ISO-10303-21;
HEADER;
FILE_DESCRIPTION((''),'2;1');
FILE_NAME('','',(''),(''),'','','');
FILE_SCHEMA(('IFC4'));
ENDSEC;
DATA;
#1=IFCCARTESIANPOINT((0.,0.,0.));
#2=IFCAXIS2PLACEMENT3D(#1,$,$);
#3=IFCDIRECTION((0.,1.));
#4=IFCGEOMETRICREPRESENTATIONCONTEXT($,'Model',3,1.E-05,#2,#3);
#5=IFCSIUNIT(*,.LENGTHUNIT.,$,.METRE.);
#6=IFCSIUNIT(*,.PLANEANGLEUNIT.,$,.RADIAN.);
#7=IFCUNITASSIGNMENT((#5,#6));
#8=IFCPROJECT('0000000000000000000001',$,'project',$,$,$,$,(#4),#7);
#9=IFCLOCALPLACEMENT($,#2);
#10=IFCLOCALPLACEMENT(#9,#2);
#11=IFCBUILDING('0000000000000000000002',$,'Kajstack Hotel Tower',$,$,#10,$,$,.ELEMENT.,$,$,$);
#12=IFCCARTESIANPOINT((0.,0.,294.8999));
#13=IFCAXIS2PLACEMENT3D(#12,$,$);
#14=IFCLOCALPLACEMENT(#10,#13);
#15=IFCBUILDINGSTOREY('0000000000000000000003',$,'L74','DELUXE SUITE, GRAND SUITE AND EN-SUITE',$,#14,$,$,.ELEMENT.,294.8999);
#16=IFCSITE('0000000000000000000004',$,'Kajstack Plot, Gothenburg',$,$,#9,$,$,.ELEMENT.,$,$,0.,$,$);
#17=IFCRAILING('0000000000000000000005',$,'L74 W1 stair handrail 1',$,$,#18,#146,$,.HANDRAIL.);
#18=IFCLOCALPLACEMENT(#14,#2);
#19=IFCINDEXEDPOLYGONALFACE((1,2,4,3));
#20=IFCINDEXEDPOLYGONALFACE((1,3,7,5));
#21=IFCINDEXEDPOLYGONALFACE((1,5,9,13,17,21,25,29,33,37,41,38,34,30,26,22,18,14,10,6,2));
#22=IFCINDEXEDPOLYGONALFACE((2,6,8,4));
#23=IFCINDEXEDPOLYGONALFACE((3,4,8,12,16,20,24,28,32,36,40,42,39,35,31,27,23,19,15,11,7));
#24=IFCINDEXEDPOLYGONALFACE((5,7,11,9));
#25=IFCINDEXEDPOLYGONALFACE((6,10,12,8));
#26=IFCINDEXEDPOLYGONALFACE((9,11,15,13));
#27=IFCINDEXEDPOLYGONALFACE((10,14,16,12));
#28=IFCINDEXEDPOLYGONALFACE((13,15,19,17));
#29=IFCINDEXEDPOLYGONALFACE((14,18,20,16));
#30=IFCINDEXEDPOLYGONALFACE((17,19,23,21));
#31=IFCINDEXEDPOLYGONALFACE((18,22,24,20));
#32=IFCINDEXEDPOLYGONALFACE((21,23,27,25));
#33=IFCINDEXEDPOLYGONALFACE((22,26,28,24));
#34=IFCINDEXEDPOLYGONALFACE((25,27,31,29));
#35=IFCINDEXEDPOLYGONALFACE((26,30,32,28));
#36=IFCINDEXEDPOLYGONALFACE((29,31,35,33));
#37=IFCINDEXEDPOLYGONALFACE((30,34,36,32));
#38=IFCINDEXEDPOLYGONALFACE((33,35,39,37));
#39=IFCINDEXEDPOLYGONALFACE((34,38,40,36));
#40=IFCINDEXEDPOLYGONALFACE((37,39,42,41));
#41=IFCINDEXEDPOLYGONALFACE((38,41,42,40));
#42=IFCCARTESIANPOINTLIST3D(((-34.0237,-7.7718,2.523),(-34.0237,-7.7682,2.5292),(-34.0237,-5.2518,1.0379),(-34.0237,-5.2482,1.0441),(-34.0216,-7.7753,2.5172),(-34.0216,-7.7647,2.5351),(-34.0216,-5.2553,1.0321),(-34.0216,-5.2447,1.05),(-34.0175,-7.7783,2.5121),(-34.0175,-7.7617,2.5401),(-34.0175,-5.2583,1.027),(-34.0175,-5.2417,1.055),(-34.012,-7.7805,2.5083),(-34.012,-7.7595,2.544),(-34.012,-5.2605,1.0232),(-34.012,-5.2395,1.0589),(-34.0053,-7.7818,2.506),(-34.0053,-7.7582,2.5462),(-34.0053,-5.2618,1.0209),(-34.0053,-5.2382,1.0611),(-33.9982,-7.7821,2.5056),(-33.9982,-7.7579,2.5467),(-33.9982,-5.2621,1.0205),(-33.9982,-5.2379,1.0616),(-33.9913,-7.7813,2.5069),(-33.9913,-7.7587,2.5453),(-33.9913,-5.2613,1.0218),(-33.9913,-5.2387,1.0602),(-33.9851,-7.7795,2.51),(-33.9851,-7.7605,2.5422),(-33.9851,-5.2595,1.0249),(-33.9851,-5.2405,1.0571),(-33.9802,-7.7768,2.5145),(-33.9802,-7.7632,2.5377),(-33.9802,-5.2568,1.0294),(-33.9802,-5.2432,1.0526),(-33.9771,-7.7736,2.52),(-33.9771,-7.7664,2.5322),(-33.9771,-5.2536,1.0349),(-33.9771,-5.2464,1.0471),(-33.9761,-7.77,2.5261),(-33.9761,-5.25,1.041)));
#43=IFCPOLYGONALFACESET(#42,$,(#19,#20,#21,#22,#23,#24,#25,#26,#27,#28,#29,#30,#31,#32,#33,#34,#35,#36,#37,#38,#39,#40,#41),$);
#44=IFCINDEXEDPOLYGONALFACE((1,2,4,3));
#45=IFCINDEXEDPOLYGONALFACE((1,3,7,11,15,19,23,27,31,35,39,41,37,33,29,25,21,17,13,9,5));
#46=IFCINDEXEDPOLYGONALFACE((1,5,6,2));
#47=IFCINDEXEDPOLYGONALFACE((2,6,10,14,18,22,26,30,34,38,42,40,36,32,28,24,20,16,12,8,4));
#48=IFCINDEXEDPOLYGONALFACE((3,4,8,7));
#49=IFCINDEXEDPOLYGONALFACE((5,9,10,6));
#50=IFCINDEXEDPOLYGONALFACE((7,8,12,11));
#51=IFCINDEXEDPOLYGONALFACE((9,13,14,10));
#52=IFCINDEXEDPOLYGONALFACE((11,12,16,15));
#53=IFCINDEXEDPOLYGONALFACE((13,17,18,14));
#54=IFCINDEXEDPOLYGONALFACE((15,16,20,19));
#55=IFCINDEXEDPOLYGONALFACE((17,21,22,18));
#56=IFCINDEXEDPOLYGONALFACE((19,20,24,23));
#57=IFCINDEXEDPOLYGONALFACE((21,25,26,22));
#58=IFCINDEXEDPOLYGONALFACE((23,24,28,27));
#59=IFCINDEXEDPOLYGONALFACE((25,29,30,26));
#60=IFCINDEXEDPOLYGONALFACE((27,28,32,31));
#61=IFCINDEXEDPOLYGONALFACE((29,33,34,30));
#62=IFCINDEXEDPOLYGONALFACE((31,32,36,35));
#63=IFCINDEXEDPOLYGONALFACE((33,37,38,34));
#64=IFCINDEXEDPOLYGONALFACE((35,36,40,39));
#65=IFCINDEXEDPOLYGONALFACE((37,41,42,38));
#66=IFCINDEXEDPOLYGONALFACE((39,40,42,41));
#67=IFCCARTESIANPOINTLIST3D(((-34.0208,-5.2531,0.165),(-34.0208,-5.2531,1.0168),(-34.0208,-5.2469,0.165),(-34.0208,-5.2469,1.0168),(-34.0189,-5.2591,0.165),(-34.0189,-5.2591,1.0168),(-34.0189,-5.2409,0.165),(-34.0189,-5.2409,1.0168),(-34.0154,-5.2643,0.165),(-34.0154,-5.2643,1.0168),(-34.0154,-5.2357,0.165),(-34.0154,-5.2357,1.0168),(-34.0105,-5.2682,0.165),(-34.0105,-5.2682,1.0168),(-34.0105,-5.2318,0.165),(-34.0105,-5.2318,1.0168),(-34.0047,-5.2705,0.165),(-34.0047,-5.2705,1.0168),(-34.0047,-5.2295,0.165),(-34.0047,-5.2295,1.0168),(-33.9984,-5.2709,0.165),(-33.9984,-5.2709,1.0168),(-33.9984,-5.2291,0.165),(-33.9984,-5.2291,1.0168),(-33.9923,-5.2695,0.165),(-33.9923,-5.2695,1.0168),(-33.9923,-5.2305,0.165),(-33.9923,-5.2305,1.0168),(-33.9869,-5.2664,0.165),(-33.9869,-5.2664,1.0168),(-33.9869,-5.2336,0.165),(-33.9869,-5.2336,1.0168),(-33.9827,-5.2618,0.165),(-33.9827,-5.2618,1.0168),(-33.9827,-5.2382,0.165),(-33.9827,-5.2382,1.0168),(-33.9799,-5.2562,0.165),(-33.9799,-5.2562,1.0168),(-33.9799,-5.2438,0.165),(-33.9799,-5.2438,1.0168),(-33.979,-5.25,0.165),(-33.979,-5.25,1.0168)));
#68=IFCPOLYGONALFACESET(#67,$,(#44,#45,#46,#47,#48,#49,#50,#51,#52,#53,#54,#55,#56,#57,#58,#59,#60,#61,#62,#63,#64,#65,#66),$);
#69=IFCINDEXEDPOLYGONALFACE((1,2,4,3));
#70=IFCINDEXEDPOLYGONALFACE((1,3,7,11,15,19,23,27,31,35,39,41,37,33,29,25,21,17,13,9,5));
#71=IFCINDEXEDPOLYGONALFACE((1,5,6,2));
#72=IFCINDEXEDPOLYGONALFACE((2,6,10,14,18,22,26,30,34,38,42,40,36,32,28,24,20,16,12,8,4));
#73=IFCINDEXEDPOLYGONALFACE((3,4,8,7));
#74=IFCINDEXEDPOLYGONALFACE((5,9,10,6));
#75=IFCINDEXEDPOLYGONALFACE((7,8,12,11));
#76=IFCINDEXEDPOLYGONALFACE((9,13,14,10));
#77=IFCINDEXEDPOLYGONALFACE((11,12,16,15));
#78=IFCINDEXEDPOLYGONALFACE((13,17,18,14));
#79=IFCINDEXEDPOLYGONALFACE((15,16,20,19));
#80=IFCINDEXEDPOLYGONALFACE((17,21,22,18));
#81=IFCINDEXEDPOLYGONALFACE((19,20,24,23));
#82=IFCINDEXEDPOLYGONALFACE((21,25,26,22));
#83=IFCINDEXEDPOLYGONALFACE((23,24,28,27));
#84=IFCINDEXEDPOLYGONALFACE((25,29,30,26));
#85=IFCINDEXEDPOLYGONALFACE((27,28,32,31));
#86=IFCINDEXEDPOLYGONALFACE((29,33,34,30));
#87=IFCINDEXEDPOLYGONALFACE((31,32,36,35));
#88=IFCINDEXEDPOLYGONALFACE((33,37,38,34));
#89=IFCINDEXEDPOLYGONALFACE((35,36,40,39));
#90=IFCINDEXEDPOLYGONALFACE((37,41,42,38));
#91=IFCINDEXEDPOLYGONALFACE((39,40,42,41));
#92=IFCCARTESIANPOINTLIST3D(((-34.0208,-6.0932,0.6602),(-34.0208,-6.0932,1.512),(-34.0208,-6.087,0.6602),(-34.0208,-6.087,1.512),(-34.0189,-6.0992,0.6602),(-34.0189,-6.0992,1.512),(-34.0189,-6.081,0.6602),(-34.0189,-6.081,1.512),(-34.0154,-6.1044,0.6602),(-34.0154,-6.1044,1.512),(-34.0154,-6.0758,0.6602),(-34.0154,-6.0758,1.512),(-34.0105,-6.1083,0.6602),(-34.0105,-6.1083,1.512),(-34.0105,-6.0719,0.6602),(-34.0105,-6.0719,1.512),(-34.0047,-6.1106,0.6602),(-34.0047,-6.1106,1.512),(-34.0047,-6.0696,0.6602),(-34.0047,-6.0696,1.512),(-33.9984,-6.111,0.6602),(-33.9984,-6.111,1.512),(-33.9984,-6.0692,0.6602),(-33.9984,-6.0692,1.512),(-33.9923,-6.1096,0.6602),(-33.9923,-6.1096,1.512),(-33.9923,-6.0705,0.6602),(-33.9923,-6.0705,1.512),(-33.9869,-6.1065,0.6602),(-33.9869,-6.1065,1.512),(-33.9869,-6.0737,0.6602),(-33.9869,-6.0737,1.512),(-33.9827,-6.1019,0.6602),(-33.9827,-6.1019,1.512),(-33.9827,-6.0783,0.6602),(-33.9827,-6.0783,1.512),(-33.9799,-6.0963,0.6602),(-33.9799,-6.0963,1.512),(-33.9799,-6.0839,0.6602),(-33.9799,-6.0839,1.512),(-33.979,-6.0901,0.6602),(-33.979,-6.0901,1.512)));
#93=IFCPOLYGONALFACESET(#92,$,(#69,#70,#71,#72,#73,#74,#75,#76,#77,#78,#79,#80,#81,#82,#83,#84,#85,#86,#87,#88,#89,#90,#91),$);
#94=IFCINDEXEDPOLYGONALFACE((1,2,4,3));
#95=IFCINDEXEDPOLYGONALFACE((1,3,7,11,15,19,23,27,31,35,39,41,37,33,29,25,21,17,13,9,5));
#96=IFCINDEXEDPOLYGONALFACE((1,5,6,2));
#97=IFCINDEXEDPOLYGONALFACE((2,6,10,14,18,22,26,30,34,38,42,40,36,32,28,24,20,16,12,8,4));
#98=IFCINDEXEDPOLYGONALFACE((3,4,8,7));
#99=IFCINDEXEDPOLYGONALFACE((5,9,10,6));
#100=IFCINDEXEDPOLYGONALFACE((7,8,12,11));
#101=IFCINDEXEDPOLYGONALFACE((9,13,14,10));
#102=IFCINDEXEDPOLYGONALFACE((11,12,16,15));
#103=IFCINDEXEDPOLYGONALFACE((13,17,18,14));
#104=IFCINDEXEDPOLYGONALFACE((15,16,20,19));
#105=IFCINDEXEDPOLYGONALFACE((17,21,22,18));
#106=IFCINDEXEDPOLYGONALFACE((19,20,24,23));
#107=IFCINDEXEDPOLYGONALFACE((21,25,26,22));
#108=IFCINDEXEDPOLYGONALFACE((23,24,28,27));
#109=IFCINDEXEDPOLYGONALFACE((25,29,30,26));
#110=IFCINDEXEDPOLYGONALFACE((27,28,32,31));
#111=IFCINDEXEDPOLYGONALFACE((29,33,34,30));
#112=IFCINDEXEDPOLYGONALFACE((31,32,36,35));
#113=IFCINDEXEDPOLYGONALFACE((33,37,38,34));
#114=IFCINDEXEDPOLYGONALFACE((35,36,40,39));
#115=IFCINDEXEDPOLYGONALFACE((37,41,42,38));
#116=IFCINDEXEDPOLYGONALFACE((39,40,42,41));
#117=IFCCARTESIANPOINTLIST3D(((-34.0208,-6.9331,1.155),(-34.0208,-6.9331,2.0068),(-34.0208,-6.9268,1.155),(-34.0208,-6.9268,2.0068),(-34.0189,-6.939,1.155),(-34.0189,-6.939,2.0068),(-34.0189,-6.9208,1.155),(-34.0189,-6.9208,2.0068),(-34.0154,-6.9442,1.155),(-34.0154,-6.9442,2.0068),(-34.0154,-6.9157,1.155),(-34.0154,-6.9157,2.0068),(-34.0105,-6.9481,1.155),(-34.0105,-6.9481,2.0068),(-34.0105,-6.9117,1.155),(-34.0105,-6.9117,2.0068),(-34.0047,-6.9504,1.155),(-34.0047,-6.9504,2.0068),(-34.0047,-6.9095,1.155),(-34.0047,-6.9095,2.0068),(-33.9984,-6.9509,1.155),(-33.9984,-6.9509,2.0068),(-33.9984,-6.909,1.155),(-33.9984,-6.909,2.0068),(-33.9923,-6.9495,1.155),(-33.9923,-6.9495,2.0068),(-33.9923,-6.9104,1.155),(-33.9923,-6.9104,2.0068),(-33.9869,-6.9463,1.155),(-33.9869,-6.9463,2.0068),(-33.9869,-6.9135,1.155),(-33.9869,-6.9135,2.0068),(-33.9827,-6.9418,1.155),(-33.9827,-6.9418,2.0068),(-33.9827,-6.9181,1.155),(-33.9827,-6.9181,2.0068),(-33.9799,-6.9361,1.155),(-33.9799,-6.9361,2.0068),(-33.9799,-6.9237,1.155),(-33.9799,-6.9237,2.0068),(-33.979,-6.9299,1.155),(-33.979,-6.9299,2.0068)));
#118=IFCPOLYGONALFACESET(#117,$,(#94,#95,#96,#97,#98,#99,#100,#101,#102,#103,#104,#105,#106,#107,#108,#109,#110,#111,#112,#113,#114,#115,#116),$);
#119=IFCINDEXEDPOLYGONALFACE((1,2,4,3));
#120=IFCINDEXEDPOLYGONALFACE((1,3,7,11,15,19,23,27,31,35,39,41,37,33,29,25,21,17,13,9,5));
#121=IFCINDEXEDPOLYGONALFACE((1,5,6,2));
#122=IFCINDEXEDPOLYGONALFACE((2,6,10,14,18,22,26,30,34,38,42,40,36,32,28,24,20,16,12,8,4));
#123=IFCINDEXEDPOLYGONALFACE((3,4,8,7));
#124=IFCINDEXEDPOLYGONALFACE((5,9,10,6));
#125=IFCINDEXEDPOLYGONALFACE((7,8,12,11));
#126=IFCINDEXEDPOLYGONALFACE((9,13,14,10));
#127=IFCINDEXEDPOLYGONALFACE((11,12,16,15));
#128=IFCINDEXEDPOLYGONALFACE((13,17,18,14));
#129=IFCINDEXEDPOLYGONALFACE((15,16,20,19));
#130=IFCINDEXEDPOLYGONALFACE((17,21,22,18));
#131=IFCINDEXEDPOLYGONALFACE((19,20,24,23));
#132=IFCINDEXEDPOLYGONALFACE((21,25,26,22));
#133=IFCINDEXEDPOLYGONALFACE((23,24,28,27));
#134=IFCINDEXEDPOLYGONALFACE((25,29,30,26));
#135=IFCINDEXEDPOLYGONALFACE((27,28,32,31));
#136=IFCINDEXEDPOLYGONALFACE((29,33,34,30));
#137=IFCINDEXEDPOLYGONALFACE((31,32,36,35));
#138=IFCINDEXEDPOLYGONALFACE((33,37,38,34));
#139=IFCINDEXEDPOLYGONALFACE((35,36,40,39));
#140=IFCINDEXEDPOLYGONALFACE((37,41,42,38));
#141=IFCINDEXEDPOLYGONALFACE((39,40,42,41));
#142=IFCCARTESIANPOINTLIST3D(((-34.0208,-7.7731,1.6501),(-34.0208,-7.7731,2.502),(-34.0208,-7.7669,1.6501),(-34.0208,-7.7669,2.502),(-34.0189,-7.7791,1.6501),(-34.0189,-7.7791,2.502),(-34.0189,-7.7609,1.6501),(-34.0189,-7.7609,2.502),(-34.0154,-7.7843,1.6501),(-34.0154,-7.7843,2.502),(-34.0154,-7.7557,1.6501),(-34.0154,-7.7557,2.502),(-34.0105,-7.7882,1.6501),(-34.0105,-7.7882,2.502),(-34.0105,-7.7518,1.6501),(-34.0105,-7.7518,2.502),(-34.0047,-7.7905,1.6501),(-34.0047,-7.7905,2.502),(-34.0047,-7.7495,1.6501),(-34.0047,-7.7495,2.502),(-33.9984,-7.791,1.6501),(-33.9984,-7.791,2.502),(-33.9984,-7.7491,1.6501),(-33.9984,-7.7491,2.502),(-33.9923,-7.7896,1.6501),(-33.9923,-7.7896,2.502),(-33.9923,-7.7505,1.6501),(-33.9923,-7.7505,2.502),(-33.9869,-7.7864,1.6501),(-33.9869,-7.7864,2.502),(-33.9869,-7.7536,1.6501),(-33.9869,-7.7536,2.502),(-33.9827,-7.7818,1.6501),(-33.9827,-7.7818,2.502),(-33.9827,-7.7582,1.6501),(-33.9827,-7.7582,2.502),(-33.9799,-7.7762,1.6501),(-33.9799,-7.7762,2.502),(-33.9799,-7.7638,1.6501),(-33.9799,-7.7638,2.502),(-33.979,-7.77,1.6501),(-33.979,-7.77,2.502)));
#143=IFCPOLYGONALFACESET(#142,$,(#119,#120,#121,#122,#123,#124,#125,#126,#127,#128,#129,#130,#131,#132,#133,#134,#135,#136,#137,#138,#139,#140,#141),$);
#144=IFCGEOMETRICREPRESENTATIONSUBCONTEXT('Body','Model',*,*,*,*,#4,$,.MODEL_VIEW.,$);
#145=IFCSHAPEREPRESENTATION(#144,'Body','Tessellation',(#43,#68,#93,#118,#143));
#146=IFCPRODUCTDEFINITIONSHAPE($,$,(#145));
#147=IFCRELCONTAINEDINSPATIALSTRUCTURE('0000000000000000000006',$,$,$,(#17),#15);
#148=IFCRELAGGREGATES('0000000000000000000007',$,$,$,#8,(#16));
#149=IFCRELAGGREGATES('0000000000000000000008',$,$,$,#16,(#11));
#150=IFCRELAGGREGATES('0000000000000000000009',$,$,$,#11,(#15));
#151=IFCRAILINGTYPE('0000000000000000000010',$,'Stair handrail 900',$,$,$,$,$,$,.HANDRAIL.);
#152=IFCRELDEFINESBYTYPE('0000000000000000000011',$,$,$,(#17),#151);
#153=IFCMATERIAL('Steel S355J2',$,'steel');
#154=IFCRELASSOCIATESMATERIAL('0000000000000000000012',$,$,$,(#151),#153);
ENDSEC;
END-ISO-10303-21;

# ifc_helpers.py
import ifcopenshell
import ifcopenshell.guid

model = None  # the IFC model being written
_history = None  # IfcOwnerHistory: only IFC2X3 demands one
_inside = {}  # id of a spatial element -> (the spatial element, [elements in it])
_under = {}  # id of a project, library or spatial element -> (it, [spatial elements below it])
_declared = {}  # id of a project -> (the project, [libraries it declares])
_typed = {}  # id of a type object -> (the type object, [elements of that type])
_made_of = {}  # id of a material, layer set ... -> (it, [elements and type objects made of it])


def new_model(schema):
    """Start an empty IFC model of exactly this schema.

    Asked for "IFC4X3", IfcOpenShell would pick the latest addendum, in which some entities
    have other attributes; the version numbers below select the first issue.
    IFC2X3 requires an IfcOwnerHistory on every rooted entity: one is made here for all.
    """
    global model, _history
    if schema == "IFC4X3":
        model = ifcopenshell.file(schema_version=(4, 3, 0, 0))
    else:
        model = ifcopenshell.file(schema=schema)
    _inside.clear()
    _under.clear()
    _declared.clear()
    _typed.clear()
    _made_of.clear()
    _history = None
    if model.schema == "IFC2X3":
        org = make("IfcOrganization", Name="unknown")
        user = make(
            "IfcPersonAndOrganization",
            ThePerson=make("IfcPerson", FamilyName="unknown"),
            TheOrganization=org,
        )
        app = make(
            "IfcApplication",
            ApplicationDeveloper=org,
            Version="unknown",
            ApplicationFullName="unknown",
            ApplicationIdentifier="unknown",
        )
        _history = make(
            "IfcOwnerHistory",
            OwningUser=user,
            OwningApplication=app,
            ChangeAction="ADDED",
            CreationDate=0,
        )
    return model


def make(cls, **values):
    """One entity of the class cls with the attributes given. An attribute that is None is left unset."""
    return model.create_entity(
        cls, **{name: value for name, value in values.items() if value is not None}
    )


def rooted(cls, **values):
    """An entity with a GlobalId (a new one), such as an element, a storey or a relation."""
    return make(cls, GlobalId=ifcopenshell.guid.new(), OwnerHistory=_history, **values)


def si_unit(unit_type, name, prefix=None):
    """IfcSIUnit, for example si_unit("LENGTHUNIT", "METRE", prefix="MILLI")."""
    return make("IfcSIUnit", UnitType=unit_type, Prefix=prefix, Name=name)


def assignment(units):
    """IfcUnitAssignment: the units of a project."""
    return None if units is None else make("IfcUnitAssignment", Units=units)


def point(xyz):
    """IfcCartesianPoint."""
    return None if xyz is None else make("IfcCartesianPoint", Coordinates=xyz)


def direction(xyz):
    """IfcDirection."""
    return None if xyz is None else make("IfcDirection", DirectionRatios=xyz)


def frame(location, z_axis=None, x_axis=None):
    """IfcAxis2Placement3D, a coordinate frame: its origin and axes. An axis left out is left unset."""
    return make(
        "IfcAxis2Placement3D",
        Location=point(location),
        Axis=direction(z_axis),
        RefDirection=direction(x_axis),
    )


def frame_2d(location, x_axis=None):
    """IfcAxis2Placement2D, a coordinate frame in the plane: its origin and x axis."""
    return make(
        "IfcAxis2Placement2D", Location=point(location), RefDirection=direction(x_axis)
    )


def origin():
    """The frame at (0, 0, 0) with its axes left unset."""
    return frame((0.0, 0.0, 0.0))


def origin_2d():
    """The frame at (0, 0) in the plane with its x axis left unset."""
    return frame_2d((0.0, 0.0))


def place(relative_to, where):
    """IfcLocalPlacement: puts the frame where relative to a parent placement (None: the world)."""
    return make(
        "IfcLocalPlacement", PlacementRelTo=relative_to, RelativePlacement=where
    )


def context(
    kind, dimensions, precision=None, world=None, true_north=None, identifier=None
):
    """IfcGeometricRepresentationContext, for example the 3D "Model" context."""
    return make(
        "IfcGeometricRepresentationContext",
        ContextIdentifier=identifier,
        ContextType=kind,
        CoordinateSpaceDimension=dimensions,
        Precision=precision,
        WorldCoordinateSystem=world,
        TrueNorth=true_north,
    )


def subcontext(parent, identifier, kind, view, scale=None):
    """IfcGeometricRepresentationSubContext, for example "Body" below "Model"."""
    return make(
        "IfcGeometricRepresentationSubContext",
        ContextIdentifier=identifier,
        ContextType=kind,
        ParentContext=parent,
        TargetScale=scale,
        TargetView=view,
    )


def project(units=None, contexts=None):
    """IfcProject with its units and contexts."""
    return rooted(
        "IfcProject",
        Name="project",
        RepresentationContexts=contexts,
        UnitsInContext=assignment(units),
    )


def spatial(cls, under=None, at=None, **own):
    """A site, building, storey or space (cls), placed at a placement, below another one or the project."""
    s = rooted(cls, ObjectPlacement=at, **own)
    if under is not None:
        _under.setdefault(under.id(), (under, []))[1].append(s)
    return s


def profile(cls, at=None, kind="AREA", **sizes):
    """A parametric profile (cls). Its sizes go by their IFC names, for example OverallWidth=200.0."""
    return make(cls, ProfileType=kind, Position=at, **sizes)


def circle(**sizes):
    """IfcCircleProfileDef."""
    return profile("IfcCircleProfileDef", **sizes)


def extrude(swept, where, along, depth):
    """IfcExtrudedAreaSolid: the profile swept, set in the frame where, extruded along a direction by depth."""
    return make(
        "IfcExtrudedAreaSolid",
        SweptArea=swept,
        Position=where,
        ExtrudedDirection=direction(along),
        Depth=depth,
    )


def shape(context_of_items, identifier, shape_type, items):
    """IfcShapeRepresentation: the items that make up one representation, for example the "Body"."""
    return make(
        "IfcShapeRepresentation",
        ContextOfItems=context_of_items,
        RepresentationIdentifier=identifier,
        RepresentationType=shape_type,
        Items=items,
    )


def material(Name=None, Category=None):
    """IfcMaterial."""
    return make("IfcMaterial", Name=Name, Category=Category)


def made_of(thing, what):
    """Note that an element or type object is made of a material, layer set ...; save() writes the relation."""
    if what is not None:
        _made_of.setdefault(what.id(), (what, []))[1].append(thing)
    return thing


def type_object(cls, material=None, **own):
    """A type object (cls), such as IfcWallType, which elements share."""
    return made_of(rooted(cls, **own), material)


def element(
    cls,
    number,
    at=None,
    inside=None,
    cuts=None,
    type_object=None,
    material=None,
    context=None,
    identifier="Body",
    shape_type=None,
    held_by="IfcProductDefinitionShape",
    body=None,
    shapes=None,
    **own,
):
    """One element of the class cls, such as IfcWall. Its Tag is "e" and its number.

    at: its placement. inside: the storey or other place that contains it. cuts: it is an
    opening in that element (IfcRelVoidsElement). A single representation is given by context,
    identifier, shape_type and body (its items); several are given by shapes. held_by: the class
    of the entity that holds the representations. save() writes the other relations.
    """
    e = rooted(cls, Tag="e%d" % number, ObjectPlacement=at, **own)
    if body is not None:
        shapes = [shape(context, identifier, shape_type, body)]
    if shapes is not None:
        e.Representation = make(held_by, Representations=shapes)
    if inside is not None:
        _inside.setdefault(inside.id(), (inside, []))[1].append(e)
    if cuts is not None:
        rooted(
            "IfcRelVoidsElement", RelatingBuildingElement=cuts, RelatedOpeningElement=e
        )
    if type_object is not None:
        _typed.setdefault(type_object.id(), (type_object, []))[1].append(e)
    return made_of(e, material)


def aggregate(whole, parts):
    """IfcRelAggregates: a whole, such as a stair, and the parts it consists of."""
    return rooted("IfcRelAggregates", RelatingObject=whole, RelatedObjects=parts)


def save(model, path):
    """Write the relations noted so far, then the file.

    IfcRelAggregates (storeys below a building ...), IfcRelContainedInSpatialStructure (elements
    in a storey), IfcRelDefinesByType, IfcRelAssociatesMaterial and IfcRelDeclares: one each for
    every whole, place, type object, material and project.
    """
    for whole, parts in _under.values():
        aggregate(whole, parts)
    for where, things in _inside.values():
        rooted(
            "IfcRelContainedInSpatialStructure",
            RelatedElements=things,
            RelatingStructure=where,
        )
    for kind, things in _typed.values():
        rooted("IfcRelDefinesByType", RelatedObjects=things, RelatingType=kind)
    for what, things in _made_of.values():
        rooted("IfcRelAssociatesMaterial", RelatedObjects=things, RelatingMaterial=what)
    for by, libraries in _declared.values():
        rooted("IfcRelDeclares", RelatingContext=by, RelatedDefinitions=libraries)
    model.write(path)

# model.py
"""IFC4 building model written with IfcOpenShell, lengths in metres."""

from ifc_helpers import new_model, si_unit, direction, frame, origin, origin_2d, place, context, subcontext, project, spatial, circle, extrude, material, type_object, element, save


model = new_model("IFC4")

# Units and contexts
model_context = context("Model", 3, precision=1e-05, world=origin(), true_north=direction((0.0, 1.0)))
body_context = subcontext(model_context, "Body", "Model", "MODEL_VIEW")
ifc_project = project(units=[si_unit("LENGTHUNIT", "METRE"), si_unit("PLANEANGLEUNIT", "RADIAN")], contexts=[model_context])

# Site, building, storey
site_placement = place(None, origin())
site = spatial("IfcSite", under=ifc_project, at=site_placement, Name="Kajstack Plot, Gothenburg", CompositionType="ELEMENT", RefElevation=0.0)
building_placement = place(site_placement, origin())
building = spatial("IfcBuilding", under=site, at=building_placement, Name="Kajstack Hotel Tower", CompositionType="ELEMENT")
storey_placement = place(building_placement, frame((0.0, 0.0, 294.8999)))
storey = spatial("IfcBuildingStorey", under=building, at=storey_placement, Name="L74", Description="DELUXE SUITE, GRAND SUITE AND EN-SUITE", CompositionType="ELEMENT", Elevation=294.8999)

# Railing
ifc_material_1 = material(Name="Steel S355J2", Category="steel")
railing_type_1 = type_object("IfcRailingType", Name="Stair handrail 900", PredefinedType="HANDRAIL", material=ifc_material_1)
railing_1_placement = place(storey_placement, frame((-34.0, -5.25, 0.165)))
element("IfcRailing", 1, at=railing_1_placement, inside=storey, type_object=railing_type_1, Name="L74 W1 stair handrail 1", PredefinedType="HANDRAIL", context=body_context, shape_type="SweptSolid", body=[
    extrude(circle(Radius=0.0239, at=origin_2d()), frame((0.0, 0.0, 0.876), z_axis=(0.0, -0.861524, 0.507717), x_axis=(1.0, 0.0, 0.0)), (0.0, 0.0, 1.0), 2.925),
    extrude(circle(Radius=0.021, at=origin_2d()), origin(), (0.0, 0.0, 1.0), 0.8518),
    extrude(circle(Radius=0.021, at=origin_2d()), frame((0.0, -0.8401, 0.4951)), (0.0, 0.0, 1.0), 0.8518),
    extrude(circle(Radius=0.021, at=origin_2d()), frame((0.0, -1.6799, 0.99)), (0.0, 0.0, 1.0), 0.8518),
    extrude(circle(Radius=0.021, at=origin_2d()), frame((0.0, -2.52, 1.4851)), (0.0, 0.0, 1.0), 0.8518),
])

save(model, "model.ifc")
